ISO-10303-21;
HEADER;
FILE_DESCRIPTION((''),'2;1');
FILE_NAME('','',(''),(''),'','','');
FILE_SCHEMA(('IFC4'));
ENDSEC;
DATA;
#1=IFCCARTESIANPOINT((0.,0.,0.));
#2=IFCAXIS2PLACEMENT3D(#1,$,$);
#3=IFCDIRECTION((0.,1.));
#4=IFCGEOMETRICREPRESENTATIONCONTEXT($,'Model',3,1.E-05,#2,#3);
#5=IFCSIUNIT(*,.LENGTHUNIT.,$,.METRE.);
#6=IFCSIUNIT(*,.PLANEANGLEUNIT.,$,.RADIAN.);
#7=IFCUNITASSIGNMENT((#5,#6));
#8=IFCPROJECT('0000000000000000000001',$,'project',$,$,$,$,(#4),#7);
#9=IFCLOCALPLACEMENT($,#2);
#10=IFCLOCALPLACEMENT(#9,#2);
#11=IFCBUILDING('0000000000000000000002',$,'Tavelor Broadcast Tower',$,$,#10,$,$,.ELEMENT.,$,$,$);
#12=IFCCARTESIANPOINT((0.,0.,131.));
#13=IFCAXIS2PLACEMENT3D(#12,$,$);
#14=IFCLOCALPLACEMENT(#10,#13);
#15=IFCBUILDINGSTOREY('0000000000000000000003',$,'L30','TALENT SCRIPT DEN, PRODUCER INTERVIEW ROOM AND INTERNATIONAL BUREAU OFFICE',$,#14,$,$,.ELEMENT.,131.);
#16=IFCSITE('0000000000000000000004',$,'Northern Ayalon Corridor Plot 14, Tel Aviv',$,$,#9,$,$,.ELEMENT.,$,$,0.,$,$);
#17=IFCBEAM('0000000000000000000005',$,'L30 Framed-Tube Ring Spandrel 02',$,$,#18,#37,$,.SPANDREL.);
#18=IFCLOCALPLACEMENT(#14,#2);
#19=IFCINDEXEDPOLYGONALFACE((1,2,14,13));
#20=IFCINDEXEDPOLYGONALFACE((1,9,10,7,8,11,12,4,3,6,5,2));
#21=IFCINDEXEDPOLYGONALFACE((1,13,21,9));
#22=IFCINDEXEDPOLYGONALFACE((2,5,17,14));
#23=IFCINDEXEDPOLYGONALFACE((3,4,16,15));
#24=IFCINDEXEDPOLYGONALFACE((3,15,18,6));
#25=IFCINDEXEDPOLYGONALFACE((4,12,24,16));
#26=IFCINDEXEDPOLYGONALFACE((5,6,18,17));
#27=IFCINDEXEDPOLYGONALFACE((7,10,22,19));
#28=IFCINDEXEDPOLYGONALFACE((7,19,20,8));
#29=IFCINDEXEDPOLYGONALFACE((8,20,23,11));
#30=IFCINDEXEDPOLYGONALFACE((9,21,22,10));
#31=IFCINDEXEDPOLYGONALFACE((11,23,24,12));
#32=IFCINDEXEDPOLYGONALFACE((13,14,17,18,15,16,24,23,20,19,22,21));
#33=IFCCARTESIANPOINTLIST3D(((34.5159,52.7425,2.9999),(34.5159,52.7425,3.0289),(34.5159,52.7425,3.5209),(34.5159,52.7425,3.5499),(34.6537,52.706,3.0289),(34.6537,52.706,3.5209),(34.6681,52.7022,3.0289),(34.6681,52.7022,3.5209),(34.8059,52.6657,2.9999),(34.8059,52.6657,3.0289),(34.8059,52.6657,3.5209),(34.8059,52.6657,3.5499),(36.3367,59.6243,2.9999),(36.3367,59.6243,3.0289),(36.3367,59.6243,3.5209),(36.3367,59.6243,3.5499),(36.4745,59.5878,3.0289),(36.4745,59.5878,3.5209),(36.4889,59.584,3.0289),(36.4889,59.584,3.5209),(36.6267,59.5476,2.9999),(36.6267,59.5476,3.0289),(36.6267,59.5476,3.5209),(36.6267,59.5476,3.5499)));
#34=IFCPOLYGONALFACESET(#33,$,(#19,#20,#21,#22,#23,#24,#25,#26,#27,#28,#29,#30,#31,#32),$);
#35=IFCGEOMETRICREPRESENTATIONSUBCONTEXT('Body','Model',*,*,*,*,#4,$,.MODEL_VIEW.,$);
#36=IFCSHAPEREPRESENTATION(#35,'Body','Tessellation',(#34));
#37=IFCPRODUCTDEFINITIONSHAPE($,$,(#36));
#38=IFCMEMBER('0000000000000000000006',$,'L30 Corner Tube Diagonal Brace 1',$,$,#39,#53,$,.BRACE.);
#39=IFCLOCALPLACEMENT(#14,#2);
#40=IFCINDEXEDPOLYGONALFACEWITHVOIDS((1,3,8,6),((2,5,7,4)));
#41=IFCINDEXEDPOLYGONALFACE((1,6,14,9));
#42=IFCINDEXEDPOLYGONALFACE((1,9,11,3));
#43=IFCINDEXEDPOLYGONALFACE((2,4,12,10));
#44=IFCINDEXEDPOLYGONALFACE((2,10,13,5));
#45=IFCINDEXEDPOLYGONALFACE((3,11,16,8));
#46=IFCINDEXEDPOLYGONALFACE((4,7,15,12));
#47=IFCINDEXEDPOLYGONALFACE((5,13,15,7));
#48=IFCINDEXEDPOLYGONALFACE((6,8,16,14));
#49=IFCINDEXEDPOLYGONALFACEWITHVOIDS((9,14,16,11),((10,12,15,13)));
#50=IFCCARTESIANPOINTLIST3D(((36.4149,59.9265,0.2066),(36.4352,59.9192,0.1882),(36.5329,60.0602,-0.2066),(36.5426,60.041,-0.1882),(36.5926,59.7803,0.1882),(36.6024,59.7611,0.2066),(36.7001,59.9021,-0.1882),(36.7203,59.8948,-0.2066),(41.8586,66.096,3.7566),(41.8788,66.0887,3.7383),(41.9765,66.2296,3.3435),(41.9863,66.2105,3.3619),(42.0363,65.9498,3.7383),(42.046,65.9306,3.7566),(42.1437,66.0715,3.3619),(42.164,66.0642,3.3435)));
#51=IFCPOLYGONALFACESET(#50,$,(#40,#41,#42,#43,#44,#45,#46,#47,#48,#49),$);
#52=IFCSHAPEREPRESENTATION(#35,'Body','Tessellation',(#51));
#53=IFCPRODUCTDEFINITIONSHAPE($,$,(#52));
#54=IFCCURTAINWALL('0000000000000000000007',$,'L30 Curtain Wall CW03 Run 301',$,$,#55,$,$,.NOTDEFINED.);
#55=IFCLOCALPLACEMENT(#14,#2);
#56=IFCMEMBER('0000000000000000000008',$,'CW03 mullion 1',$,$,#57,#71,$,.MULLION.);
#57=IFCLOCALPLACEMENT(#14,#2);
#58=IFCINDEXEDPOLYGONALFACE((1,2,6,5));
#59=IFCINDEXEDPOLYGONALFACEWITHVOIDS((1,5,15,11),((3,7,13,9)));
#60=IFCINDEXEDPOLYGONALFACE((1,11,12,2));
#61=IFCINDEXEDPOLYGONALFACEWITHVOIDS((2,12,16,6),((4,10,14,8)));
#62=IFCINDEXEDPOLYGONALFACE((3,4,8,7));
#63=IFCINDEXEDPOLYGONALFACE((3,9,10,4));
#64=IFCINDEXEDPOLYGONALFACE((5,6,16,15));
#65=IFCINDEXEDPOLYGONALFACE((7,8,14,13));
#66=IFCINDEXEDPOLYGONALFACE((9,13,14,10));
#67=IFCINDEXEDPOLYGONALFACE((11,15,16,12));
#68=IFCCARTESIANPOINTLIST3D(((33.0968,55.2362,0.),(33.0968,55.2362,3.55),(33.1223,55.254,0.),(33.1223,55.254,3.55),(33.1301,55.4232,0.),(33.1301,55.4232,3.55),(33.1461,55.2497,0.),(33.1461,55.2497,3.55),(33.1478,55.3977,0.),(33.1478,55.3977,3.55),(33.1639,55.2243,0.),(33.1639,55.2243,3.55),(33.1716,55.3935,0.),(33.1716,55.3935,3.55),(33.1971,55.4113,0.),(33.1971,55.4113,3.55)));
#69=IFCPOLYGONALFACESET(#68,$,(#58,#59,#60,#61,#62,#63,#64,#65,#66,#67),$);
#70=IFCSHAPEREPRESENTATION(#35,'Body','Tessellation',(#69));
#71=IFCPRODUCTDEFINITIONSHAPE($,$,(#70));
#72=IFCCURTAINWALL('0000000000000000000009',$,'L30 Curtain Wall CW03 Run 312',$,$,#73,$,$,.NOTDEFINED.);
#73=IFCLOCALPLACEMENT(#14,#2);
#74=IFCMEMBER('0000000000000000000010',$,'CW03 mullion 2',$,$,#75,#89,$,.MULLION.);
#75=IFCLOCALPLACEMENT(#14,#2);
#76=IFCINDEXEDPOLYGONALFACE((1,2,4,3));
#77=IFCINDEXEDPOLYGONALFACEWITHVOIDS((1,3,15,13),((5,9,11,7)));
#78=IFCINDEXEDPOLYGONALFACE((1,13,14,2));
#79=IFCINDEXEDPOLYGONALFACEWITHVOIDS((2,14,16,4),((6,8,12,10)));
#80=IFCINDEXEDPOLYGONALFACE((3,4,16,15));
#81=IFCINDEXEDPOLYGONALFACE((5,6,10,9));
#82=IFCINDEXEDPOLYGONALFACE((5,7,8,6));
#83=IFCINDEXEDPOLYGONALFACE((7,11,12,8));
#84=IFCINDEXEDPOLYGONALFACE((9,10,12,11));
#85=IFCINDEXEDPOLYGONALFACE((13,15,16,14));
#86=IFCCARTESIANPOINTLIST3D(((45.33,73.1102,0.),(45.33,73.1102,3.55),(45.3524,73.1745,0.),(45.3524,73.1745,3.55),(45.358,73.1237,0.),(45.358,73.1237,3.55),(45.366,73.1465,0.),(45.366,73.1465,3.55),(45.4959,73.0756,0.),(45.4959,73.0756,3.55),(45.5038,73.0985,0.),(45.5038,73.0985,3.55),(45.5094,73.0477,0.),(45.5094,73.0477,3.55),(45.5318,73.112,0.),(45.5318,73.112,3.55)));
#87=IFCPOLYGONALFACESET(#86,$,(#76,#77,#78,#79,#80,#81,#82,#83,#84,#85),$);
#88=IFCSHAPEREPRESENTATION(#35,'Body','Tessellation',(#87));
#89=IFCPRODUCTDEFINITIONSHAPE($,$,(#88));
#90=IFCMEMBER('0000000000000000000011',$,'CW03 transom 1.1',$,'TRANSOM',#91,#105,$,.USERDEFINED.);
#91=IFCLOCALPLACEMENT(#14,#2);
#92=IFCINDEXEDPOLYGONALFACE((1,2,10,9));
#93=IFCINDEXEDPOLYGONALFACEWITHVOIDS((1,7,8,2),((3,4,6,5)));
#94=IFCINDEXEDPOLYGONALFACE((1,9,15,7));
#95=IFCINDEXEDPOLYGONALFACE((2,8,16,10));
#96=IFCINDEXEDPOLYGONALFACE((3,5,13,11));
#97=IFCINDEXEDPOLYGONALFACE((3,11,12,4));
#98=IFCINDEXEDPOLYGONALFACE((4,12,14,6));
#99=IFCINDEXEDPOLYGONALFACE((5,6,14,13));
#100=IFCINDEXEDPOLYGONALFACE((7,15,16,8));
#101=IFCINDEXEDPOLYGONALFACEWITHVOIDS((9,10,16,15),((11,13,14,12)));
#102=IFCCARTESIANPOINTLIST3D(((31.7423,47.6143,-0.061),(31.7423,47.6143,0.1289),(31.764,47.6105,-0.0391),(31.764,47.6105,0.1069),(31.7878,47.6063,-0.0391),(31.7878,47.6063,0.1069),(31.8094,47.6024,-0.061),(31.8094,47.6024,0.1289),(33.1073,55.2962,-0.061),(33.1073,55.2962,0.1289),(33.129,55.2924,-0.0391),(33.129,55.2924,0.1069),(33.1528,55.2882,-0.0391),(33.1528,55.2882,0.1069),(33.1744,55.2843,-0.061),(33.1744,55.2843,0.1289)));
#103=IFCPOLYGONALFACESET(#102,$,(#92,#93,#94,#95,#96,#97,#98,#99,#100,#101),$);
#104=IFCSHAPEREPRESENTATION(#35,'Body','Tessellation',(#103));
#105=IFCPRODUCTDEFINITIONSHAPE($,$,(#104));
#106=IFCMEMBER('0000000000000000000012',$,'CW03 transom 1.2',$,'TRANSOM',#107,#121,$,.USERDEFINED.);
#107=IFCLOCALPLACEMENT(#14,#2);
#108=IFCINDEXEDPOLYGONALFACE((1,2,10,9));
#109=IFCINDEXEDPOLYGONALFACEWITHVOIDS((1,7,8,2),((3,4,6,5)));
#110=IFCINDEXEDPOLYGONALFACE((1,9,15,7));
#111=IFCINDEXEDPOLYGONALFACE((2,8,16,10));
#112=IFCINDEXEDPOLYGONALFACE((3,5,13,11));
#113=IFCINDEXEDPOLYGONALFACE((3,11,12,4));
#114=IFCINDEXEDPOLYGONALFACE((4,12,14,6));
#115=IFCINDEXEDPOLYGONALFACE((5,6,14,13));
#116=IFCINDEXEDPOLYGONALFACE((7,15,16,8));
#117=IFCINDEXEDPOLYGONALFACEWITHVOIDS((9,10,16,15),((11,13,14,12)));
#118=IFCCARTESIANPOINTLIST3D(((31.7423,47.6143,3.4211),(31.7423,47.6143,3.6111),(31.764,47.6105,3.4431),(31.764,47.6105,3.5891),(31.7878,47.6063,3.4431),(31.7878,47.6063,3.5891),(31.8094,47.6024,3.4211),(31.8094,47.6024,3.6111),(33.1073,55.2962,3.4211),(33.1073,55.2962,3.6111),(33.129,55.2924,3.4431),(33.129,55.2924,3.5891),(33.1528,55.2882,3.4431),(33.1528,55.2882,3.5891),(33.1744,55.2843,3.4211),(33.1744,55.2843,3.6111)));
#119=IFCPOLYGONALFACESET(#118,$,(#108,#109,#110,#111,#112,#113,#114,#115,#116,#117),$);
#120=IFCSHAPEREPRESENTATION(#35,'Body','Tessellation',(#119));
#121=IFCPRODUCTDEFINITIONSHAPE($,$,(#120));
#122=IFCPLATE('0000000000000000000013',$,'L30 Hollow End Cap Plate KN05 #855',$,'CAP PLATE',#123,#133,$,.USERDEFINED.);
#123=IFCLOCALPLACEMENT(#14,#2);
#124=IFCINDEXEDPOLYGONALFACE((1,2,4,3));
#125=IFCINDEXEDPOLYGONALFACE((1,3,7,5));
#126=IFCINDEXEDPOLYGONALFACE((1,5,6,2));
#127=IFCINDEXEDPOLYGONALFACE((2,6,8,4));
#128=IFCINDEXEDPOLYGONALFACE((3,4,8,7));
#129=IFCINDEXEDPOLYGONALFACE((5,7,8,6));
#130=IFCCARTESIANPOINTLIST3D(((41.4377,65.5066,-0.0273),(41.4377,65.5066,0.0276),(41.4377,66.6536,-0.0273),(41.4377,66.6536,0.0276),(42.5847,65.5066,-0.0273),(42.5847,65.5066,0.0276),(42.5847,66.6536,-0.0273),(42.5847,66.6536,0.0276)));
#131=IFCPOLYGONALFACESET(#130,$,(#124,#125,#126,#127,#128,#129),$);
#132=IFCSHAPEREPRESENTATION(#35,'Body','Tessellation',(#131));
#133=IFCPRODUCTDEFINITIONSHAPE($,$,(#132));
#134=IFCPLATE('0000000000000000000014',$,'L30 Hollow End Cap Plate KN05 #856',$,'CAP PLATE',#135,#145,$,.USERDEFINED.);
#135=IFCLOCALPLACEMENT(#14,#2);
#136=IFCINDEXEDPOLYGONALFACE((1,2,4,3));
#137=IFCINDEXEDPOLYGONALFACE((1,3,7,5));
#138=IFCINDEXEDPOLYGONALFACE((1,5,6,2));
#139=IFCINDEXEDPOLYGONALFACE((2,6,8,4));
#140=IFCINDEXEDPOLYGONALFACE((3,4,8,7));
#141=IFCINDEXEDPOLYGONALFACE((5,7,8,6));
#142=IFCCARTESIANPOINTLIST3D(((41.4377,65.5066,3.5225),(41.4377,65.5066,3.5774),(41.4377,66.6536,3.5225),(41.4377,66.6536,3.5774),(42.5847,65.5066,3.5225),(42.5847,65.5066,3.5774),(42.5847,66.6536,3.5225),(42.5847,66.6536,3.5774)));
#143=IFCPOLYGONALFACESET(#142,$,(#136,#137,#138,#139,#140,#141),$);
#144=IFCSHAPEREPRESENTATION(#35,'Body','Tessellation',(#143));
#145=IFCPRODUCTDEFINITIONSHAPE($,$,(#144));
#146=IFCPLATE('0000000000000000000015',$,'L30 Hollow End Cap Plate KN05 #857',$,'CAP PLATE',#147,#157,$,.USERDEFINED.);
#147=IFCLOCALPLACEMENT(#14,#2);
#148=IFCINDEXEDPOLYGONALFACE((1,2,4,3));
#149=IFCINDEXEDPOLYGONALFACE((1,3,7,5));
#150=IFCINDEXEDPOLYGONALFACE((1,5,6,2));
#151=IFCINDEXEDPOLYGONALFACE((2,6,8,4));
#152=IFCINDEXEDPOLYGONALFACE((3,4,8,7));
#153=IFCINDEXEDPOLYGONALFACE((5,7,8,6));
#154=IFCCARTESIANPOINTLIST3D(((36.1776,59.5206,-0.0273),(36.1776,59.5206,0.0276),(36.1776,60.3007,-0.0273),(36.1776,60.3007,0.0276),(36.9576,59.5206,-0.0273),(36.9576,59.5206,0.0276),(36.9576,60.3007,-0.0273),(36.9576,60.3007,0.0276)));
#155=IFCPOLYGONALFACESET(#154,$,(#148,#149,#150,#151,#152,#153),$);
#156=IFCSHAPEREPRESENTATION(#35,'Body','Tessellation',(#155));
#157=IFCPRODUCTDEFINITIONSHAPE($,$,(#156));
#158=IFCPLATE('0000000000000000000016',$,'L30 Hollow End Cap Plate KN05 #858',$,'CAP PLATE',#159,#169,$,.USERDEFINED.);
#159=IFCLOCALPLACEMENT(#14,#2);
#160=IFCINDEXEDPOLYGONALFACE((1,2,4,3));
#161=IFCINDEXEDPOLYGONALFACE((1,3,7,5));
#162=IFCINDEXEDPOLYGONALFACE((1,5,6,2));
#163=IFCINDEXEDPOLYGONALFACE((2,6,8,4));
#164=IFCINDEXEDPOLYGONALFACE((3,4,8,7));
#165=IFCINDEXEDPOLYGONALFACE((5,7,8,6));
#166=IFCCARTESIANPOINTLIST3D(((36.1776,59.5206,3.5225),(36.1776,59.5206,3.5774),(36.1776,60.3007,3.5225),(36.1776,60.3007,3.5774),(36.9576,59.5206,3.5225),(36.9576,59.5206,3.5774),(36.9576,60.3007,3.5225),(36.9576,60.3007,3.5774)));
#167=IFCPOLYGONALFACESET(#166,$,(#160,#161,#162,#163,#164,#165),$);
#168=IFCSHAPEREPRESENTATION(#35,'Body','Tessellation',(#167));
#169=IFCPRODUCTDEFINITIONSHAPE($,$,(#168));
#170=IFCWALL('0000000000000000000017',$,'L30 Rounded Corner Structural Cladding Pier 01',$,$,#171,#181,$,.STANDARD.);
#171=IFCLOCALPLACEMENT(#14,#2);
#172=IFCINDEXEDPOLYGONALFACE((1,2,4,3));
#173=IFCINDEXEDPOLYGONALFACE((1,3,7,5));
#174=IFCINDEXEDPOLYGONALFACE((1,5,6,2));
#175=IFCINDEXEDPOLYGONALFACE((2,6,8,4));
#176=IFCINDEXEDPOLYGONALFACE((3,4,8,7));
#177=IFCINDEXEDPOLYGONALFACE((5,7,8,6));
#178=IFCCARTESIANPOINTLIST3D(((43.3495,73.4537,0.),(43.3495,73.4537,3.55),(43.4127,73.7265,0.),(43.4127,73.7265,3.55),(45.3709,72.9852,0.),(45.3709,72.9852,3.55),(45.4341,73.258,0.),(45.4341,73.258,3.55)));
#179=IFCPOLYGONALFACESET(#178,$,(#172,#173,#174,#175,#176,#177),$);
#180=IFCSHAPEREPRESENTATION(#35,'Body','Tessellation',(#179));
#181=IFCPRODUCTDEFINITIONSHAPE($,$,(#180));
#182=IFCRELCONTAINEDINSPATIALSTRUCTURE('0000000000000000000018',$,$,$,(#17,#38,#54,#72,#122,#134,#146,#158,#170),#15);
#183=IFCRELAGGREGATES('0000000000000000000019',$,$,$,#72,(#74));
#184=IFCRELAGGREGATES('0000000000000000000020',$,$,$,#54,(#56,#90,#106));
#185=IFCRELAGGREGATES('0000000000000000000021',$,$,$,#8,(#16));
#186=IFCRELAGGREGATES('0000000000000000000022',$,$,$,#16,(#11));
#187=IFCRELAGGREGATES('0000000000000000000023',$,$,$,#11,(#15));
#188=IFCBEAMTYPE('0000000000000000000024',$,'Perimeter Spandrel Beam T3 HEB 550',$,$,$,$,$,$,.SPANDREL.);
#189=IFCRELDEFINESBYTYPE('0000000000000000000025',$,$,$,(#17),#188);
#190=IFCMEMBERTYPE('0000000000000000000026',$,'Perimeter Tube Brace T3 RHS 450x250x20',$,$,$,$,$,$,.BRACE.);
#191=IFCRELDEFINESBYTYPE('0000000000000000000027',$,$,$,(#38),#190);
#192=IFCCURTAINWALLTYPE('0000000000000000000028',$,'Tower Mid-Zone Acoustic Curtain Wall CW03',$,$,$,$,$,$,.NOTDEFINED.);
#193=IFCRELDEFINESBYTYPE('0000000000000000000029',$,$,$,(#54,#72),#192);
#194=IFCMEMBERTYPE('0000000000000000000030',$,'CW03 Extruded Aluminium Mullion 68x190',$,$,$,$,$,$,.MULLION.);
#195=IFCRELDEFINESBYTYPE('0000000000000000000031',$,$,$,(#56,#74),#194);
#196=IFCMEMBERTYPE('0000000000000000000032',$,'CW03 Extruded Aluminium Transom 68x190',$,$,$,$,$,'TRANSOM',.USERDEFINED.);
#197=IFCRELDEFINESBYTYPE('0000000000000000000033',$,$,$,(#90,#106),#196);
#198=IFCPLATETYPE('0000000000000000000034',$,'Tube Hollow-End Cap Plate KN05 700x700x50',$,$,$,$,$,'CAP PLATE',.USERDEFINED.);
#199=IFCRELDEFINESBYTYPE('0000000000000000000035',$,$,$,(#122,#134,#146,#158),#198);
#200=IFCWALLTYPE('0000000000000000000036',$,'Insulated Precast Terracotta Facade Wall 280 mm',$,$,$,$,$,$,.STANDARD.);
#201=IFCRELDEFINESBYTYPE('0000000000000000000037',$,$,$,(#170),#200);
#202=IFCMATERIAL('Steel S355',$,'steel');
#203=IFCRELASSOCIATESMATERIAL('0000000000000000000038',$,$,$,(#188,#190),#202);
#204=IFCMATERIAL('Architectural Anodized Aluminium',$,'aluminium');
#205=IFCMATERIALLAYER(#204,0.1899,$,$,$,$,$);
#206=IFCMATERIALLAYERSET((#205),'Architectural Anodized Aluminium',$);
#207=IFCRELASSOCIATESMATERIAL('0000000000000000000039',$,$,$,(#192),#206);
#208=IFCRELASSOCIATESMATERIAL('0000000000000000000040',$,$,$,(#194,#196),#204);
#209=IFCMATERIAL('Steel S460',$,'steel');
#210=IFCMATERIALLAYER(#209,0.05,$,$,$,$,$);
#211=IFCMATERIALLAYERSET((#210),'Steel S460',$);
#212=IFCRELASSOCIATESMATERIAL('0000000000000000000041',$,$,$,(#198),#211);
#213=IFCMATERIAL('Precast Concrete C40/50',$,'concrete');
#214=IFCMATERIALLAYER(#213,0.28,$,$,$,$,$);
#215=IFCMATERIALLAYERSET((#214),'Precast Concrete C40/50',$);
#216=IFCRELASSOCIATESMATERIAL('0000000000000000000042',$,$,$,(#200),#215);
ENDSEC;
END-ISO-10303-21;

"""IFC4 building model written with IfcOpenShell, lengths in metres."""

from ifc_helpers import new_model, si_unit, direction, frame, frame_2d, origin, origin_2d, place, context, subcontext, project, spatial, rectangle, hollow_rectangle, i_section, extrude, source, transform, mapped, material, layer, layer_set, material_profile, profile_set, type_object, type_shapes, element, aggregate, save


model = new_model("IFC4")

# Units and contexts
model_context = context("Model", 3, precision=1e-05, world=origin(), true_north=direction((0.0, 1.0)))
body_context = subcontext(model_context, "Body", "Model", "MODEL_VIEW")
ifc_project = project(units=[si_unit("LENGTHUNIT", "METRE"), si_unit("PLANEANGLEUNIT", "RADIAN")], contexts=[model_context])

# Site, building, storey
site_placement = place(None, origin())
site = spatial("IfcSite", under=ifc_project, at=site_placement, Name="Northern Ayalon Corridor Plot 14, Tel Aviv", CompositionType="ELEMENT", RefElevation=0.0)
building_placement = place(site_placement, origin())
building = spatial("IfcBuilding", under=site, at=building_placement, Name="Tavelor Broadcast Tower", CompositionType="ELEMENT")
storey_placement = place(building_placement, frame((0.0, 0.0, 131.0)))
storey = spatial("IfcBuildingStorey", under=building, at=storey_placement, Name="L30", Description="TALENT SCRIPT DEN, PRODUCER INTERVIEW ROOM AND INTERNATIONAL BUREAU OFFICE", CompositionType="ELEMENT", Elevation=131.0)

# Shared definitions
ifc_material_1 = material(Name="Steel S460", Category="steel")

# Beam
ifc_material_2 = material(Name="Steel S355", Category="steel")
ifc_material_profile_1 = material_profile(ifc_material_2, i_section(OverallWidth=0.3, OverallDepth=0.55, WebThickness=0.0149, FlangeThickness=0.0291, at=origin_2d()), Name="HEB 550")
ifc_profile_set_1 = profile_set([ifc_material_profile_1], Name="Steel S355")
beam_type_1 = type_object("IfcBeamType", Name="Perimeter Spandrel Beam T3 HEB 550", PredefinedType="SPANDREL", material=ifc_profile_set_1)
beam_1_placement = place(storey_placement, frame((36.4817, 59.5859, 3.2749), z_axis=(-0.255779, -0.966735, 0.0), x_axis=(0.966735, -0.255779, 0.0)))
element("IfcBeam", 1, at=beam_1_placement, inside=storey, type_object=beam_type_1, Name="L30 Framed-Tube Ring Spandrel 02", PredefinedType="SPANDREL", context=body_context, shape_type="SweptSolid", body=[
    extrude(i_section(OverallWidth=0.3, OverallDepth=0.55, WebThickness=0.0149, FlangeThickness=0.0291, at=origin_2d()), origin(), (0.0, 0.0, 1.0), 7.1187),
])

# Member
ifc_material_profile_2 = material_profile(ifc_material_2, hollow_rectangle(XDim=0.25, YDim=0.45, WallThickness=0.02, at=origin_2d()), Name="RHS 450x250x20")
ifc_profile_set_2 = profile_set([ifc_material_profile_2], Name="Steel S355")
member_type_1 = type_object("IfcMemberType", Name="Perimeter Tube Brace T3 RHS 450x250x20", PredefinedType="BRACE", material=ifc_profile_set_2)
member_1_placement = place(storey_placement, frame((36.5676, 59.9106, 0.0), z_axis=(0.607485, 0.688484, 0.396171), x_axis=(-0.749839, 0.661621, 0.0)))
element("IfcMember", 2, at=member_1_placement, inside=storey, type_object=member_type_1, Name="L30 Corner Tube Diagonal Brace 1", PredefinedType="BRACE", context=body_context, shape_type="SweptSolid", body=[
    extrude(hollow_rectangle(XDim=0.25, YDim=0.45, WallThickness=0.02, at=origin_2d()), origin(), (0.0, 0.0, 1.0), 8.9609),
])

# Curtain walls, members
ifc_material_3 = material(Name="Architectural Anodized Aluminium", Category="aluminium")
ifc_layer_1 = layer(ifc_material_3, 0.1899)
ifc_layer_set_1 = layer_set([ifc_layer_1], Name="Architectural Anodized Aluminium")
curtain_wall_type = type_object("IfcCurtainWallType", Name="Tower Mid-Zone Acoustic Curtain Wall CW03", PredefinedType="NOTDEFINED", material=ifc_layer_set_1)
curtain_wall_1_placement = place(storey_placement, origin())
curtain_wall_1 = element("IfcCurtainWall", 3, at=curtain_wall_1_placement, inside=storey, type_object=curtain_wall_type, Name="L30 Curtain Wall CW03 Run 301", PredefinedType="NOTDEFINED")
ifc_material_profile_3 = material_profile(ifc_material_3, hollow_rectangle(XDim=0.0681, YDim=0.1899, WallThickness=0.022, at=origin_2d()), Name="RHS 68x190x22")
ifc_profile_set_3 = profile_set([ifc_material_profile_3], Name="Architectural Anodized Aluminium")
member_type_2 = type_object("IfcMemberType", Name="CW03 Extruded Aluminium Mullion 68x190", PredefinedType="MULLION", material=ifc_profile_set_3)
shared_shape_1 = source(origin(), body_context, "Body", "SweptSolid", [
    extrude(hollow_rectangle(XDim=0.0681, YDim=0.1899, WallThickness=0.022, at=origin_2d()), origin(), (0.0, 0.0, 1.0), 3.55),
])
type_shapes(member_type_2, [shared_shape_1])
member_2_placement = place(storey_placement, frame((33.147, 55.3237, 0.0), z_axis=(0.0, 0.0, 1.0), x_axis=(0.984579, -0.174941, 0.0)))
member_2 = element("IfcMember", 4, at=member_2_placement, type_object=member_type_2, Name="CW03 mullion 1", PredefinedType="MULLION", context=body_context, shape_type="MappedRepresentation", body=[
    mapped(shared_shape_1, transform((0.0, 0.0, 0.0), scale=1.0)),
])
curtain_wall_2_placement = place(storey_placement, origin())
curtain_wall_2 = element("IfcCurtainWall", 5, at=curtain_wall_2_placement, inside=storey, type_object=curtain_wall_type, Name="L30 Curtain Wall CW03 Run 312", PredefinedType="NOTDEFINED")
member_3_placement = place(storey_placement, frame((45.4309, 73.1111, 0.0), z_axis=(0.0, 0.0, 1.0), x_axis=(-0.329257, -0.94424, 0.0)))
member_3 = element("IfcMember", 6, at=member_3_placement, type_object=member_type_2, Name="CW03 mullion 2", PredefinedType="MULLION", context=body_context, shape_type="MappedRepresentation", body=[
    mapped(shared_shape_1, transform((0.0, 0.0, 0.0), scale=1.0)),
])
aggregate(curtain_wall_2, [member_3])

# Members
ifc_material_profile_4 = material_profile(ifc_material_3, hollow_rectangle(XDim=0.0681, YDim=0.1899, WallThickness=0.022, at=origin_2d()), Name="RHS 68x190x22")
ifc_profile_set_4 = profile_set([ifc_material_profile_4], Name="Architectural Anodized Aluminium")
member_type_3 = type_object("IfcMemberType", Name="CW03 Extruded Aluminium Transom 68x190", ElementType="TRANSOM", PredefinedType="USERDEFINED", material=ifc_profile_set_4)
shared_shape_2 = source(origin(), body_context, "Body", "SweptSolid", [
    extrude(hollow_rectangle(XDim=0.0681, YDim=0.1899, WallThickness=0.022, at=origin_2d()), origin(), (0.0, 0.0, 1.0), 7.8022),
])
type_shapes(member_type_3, [shared_shape_2])
member_4_placement = place(storey_placement, frame((33.1409, 55.2903, 0.0339), z_axis=(-0.174949, -0.984577, 0.0), x_axis=(0.984577, -0.174949, 0.0)))
member_4 = element("IfcMember", 7, at=member_4_placement, type_object=member_type_3, Name="CW03 transom 1.1", ObjectType="TRANSOM", PredefinedType="USERDEFINED", context=body_context, shape_type="MappedRepresentation", body=[
    mapped(shared_shape_2, transform((0.0, 0.0, 0.0), scale=1.0)),
])
member_5_placement = place(storey_placement, frame((33.1409, 55.2903, 3.5161), z_axis=(-0.174949, -0.984577, 0.0), x_axis=(0.984577, -0.174949, 0.0)))
member_5 = element("IfcMember", 8, at=member_5_placement, type_object=member_type_3, Name="CW03 transom 1.2", ObjectType="TRANSOM", PredefinedType="USERDEFINED", context=body_context, shape_type="MappedRepresentation", body=[
    mapped(shared_shape_2, transform((0.0, 0.0, 0.0), scale=1.0)),
])
aggregate(curtain_wall_1, [member_2, member_4, member_5])

# Plates
ifc_layer_2 = layer(ifc_material_1, 0.05)
ifc_layer_set_2 = layer_set([ifc_layer_2], Name="Steel S460")
plate_type = type_object("IfcPlateType", Name="Tube Hollow-End Cap Plate KN05 700x700x50", ElementType="CAP PLATE", PredefinedType="USERDEFINED", material=ifc_layer_set_2)
shared_shape_3 = source(origin(), body_context, "Body", "SweptSolid", [
    extrude(rectangle(XDim=1.147, YDim=1.147, at=origin_2d()), origin(), (0.0, 0.0, 1.0), 0.0549),
])
for number, where, z_axis, x_axis, name in (
    (9, (42.0112, 66.0801, -0.0273), (0.0, 0.0, 1.0), (1.0, 0.0, 0.0), "L30 Hollow End Cap Plate KN05 #855"),
    (10, (42.0112, 66.0801, 3.5225), (0.0, 0.0, 1.0), (1.0, 0.0, 0.0), "L30 Hollow End Cap Plate KN05 #856"),
):
    element("IfcPlate", number, at=place(storey_placement, frame(where, z_axis=z_axis, x_axis=x_axis)), inside=storey, type_object=plate_type, Name=name, ObjectType="CAP PLATE", PredefinedType="USERDEFINED", context=body_context, shape_type="MappedRepresentation", body=[
        mapped(shared_shape_3, transform((0.0, 0.0, 0.0), scale=1.0)),
    ])
shared_shape_4 = source(origin(), body_context, "Body", "SweptSolid", [
    extrude(rectangle(XDim=0.78, YDim=0.78, at=origin_2d()), origin(), (0.0, 0.0, 1.0), 0.0549),
])
type_shapes(plate_type, [shared_shape_3, shared_shape_4])
for number, where, z_axis, x_axis, name in (
    (11, (36.5676, 59.9106, -0.0273), (0.0, 0.0, 1.0), (1.0, 0.0, 0.0), "L30 Hollow End Cap Plate KN05 #857"),
    (12, (36.5676, 59.9106, 3.5225), (0.0, 0.0, 1.0), (1.0, 0.0, 0.0), "L30 Hollow End Cap Plate KN05 #858"),
):
    element("IfcPlate", number, at=place(storey_placement, frame(where, z_axis=z_axis, x_axis=x_axis)), inside=storey, type_object=plate_type, Name=name, ObjectType="CAP PLATE", PredefinedType="USERDEFINED", context=body_context, shape_type="MappedRepresentation", body=[
        mapped(shared_shape_4, transform((0.0, 0.0, 0.0), scale=1.0)),
    ])

# Wall
ifc_material_4 = material(Name="Precast Concrete C40/50", Category="concrete")
ifc_layer_3 = layer(ifc_material_4, 0.28)
ifc_layer_set_3 = layer_set([ifc_layer_3], Name="Precast Concrete C40/50")
wall_type_1 = type_object("IfcWallType", Name="Insulated Precast Terracotta Facade Wall 280 mm", PredefinedType="STANDARD", material=ifc_layer_set_3)
wall_1_placement = place(storey_placement, frame((45.4026, 73.1216, 0.0), z_axis=(0.0, 0.0, 1.0), x_axis=(-0.974179, 0.225779, 0.0)))
element("IfcWall", 13, at=wall_1_placement, inside=storey, type_object=wall_type_1, Name="L30 Rounded Corner Structural Cladding Pier 01", PredefinedType="STANDARD", context=body_context, shape_type="SweptSolid", body=[
    extrude(rectangle(XDim=2.075, YDim=0.28, at=frame_2d((1.0376, 0.0))), origin(), (0.0, 0.0, 1.0), 3.55),
])

save(model, "model.ifc")
